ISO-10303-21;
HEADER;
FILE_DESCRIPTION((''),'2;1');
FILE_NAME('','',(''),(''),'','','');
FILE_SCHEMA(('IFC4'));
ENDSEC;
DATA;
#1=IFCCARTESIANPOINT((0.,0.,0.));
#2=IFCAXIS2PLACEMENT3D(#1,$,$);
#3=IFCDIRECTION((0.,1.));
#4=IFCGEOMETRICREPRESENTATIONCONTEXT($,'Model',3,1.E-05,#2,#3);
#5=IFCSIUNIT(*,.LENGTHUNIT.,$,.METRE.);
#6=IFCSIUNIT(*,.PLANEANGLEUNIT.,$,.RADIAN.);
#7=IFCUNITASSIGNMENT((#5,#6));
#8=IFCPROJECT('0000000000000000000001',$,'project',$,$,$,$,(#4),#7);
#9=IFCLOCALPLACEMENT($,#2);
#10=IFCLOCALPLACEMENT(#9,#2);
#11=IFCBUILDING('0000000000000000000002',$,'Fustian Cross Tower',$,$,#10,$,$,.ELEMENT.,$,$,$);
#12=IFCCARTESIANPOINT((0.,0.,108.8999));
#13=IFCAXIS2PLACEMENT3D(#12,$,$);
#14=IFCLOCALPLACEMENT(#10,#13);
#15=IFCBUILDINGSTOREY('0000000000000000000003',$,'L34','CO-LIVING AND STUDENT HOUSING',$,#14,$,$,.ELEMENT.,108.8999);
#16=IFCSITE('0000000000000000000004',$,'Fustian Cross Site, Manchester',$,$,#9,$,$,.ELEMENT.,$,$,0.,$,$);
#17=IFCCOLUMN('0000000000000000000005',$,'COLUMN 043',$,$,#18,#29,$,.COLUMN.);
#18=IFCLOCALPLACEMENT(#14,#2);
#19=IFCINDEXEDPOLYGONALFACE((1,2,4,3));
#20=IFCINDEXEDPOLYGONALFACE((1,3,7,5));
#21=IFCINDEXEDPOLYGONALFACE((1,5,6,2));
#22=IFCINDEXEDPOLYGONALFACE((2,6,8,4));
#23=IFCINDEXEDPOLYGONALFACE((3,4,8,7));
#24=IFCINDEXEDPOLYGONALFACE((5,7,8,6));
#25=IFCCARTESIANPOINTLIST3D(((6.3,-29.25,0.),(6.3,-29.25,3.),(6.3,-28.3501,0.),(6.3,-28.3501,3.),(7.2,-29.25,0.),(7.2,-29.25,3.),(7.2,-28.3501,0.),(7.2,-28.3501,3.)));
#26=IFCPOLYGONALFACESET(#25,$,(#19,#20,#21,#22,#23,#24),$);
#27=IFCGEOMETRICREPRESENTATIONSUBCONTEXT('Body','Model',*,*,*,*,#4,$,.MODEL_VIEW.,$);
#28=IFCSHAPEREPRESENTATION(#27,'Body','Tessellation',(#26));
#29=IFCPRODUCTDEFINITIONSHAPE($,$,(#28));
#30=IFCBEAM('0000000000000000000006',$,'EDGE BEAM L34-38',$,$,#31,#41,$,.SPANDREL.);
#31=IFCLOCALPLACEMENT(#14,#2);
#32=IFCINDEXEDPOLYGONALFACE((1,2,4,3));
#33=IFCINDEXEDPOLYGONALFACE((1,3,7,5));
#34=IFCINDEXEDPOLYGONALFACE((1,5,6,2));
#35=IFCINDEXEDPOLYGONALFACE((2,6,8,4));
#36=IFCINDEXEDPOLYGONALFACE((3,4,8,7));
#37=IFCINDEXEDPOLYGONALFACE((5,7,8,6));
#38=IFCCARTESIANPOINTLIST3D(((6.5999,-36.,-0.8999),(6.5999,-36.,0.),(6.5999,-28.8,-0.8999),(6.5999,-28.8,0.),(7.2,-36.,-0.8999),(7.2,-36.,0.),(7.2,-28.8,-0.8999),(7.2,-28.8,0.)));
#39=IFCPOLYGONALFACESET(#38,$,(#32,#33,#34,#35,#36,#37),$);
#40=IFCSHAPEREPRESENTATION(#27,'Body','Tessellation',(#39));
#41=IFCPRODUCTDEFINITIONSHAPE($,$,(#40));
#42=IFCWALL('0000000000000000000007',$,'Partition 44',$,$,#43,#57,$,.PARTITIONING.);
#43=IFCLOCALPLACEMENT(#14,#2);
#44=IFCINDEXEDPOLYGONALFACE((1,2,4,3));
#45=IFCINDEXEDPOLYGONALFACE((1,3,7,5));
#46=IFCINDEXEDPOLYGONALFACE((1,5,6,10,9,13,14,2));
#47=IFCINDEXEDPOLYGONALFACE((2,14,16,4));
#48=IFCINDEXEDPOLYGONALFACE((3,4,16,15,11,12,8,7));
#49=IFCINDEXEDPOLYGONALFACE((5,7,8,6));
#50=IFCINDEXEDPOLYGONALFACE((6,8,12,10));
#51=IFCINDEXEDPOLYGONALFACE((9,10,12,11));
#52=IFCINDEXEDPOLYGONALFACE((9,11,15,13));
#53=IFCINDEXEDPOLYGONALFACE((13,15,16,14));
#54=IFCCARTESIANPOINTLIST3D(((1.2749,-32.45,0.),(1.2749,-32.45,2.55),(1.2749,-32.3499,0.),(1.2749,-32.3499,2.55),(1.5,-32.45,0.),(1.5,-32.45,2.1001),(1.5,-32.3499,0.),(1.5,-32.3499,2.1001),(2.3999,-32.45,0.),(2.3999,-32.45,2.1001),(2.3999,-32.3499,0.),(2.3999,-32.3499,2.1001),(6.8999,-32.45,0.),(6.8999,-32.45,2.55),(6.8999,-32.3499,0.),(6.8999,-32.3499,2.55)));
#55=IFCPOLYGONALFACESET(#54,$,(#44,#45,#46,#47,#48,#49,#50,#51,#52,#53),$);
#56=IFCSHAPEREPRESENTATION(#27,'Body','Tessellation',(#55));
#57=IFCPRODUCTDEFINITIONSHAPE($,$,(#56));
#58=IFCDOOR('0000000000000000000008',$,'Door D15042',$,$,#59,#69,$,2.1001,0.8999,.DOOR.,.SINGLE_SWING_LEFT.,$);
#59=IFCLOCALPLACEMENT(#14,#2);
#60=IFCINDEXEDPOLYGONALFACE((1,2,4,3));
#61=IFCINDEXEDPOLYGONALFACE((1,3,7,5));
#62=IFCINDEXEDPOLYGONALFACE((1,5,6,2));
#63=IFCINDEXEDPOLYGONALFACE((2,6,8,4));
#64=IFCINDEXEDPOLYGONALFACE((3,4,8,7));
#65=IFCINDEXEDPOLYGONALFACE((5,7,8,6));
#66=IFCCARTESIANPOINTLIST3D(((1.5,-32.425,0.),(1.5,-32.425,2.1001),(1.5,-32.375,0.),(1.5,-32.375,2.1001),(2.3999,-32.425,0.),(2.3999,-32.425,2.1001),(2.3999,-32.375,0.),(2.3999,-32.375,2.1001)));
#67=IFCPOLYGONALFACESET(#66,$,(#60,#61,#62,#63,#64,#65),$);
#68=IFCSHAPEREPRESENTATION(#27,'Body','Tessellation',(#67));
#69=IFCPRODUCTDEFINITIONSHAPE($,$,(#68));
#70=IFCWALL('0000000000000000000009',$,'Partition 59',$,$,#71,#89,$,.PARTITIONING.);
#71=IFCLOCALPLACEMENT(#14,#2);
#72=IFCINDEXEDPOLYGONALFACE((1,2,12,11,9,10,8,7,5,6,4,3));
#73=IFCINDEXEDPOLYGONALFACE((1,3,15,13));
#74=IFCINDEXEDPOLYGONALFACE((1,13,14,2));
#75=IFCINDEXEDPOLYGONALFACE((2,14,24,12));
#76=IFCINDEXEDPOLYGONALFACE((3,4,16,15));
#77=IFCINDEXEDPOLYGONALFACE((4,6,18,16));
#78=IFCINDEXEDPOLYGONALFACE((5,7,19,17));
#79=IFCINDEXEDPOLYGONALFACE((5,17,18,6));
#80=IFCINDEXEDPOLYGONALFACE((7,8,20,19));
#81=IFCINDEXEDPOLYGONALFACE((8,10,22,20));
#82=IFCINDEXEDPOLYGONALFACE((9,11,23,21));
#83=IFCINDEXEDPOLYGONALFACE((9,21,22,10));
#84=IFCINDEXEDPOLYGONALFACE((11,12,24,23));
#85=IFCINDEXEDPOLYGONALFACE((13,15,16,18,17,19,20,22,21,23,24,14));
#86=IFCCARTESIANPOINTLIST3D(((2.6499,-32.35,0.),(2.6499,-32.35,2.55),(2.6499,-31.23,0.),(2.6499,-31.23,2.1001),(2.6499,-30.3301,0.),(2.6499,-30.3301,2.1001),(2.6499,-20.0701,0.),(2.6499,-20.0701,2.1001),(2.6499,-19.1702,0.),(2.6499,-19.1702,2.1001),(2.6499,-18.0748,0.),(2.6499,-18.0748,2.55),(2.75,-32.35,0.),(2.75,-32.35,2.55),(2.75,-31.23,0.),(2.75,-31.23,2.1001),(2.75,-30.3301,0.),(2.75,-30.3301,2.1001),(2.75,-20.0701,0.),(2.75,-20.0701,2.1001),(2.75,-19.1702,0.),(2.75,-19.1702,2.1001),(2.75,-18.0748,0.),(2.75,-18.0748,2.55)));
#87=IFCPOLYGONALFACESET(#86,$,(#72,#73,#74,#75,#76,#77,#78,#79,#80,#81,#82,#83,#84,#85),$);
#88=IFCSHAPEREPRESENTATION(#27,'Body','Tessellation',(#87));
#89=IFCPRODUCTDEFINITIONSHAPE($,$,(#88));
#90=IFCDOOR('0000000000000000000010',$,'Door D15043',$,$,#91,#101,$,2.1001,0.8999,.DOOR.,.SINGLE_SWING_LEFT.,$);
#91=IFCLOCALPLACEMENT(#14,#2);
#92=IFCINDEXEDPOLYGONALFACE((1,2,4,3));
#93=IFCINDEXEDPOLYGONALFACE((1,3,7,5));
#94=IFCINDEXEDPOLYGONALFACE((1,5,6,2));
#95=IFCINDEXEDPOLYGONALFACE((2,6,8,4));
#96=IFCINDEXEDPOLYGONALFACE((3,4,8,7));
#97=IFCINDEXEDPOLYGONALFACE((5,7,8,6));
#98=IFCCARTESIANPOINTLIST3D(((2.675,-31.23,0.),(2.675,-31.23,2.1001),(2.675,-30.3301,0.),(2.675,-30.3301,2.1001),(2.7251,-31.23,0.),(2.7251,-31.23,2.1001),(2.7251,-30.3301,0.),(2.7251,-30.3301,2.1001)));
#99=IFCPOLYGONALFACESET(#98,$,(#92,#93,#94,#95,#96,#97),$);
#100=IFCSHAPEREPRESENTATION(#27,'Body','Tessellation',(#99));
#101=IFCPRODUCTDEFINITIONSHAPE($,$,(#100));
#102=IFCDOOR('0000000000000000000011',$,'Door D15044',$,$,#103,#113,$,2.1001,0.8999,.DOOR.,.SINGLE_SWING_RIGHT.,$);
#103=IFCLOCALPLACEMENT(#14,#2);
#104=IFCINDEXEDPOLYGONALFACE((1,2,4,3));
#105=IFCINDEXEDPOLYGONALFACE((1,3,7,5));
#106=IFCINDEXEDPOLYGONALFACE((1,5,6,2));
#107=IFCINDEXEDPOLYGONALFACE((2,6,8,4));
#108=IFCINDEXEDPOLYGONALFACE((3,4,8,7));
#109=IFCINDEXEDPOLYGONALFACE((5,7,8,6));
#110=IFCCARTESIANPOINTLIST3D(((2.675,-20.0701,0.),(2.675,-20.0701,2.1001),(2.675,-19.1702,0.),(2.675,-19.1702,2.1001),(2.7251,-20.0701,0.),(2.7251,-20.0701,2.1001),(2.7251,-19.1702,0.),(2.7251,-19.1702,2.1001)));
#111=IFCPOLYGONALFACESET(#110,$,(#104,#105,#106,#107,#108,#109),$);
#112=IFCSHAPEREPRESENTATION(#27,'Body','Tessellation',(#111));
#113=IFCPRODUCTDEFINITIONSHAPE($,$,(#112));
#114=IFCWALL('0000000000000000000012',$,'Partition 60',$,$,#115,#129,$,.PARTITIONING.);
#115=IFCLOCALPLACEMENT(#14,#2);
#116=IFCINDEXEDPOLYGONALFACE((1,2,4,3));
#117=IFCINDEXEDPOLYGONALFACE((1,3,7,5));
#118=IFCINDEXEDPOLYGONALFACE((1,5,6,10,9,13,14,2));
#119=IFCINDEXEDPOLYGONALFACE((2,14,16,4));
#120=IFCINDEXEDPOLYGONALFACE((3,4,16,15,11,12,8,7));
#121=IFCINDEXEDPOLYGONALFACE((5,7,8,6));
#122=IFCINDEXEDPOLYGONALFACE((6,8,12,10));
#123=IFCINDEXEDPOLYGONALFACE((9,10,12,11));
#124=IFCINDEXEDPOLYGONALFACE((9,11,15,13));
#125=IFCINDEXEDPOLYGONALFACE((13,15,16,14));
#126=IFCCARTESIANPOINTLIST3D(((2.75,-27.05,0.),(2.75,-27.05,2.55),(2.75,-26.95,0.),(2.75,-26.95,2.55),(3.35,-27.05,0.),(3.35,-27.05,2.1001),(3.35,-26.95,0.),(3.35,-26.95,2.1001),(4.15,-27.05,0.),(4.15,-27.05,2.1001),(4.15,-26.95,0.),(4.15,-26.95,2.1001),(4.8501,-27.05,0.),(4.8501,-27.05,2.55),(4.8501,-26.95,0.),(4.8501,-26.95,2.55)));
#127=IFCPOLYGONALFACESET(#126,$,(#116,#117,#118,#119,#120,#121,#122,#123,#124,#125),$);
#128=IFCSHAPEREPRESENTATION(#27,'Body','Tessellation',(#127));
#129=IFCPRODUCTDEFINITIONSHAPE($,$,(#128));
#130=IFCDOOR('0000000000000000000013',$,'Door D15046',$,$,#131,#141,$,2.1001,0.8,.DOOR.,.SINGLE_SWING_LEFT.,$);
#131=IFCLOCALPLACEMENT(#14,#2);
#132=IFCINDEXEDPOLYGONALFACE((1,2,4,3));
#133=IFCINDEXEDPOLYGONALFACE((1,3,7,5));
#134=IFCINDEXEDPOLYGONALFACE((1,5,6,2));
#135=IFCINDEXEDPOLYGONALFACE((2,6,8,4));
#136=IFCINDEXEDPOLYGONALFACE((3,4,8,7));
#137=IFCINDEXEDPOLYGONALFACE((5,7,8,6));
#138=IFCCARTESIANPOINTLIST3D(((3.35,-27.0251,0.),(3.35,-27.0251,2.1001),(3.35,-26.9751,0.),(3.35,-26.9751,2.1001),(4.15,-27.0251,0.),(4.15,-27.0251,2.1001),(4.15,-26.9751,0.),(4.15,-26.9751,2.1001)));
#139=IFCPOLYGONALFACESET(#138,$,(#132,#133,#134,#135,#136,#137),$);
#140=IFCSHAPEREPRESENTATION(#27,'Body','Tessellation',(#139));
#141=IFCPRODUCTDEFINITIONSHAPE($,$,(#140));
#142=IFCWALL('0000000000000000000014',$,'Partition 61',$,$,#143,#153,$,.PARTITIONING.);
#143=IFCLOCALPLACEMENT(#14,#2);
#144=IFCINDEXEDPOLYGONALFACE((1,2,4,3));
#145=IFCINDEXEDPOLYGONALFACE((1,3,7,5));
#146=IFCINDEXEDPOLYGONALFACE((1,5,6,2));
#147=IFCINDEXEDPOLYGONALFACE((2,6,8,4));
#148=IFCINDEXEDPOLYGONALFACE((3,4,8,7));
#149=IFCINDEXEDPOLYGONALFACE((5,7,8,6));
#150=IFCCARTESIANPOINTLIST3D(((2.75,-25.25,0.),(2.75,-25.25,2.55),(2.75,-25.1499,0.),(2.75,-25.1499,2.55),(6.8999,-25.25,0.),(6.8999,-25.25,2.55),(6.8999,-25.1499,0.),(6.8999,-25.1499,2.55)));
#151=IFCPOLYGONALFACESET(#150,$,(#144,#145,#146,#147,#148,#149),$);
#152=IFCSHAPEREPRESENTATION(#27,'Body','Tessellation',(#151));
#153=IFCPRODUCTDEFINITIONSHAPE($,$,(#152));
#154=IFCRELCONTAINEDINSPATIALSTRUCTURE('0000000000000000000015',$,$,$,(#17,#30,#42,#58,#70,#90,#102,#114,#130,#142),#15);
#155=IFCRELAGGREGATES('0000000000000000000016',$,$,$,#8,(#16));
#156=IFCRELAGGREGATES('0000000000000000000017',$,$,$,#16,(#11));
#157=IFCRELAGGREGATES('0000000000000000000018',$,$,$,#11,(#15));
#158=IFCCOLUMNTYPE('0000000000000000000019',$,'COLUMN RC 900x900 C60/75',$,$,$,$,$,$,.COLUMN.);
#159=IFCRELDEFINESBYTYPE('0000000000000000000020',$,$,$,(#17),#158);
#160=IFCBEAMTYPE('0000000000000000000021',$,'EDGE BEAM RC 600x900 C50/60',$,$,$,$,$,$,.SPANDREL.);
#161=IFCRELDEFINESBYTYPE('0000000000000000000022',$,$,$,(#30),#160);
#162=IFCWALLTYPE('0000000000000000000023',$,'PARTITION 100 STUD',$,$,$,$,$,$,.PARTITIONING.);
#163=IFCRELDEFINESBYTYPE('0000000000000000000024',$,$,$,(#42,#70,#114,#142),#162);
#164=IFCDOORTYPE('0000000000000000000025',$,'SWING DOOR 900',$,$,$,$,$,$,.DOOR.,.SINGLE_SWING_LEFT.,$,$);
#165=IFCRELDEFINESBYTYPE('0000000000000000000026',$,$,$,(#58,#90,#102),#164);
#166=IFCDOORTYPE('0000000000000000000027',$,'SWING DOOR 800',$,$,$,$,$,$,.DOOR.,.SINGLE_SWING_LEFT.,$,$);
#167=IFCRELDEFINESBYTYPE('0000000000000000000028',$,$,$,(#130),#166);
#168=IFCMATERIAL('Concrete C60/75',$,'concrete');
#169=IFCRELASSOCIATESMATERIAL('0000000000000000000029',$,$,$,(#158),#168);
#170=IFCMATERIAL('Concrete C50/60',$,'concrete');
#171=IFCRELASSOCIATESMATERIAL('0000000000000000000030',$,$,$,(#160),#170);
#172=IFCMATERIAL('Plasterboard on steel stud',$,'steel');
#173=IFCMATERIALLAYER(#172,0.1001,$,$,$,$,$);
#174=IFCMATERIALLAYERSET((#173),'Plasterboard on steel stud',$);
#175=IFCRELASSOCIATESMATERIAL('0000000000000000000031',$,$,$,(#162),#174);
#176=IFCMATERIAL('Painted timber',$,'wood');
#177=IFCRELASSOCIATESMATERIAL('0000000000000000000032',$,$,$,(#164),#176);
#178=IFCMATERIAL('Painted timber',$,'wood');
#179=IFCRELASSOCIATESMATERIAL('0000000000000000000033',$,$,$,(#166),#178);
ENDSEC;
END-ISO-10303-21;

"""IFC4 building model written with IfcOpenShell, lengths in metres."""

from ifc_helpers import new_model, si_unit, direction, frame, frame_2d, origin, origin_2d, place, context, subcontext, project, spatial, rectangle, extrude, material, layer, layer_set, material_profile, profile_set, type_object, element, fill, save


model = new_model("IFC4")

# Units and contexts
model_context = context("Model", 3, precision=1e-05, world=origin(), true_north=direction((0.0, 1.0)))
body_context = subcontext(model_context, "Body", "Model", "MODEL_VIEW")
ifc_project = project(units=[si_unit("LENGTHUNIT", "METRE"), si_unit("PLANEANGLEUNIT", "RADIAN")], contexts=[model_context])

# Site, building, storey
site_placement = place(None, origin())
site = spatial("IfcSite", under=ifc_project, at=site_placement, Name="Fustian Cross Site, Manchester", CompositionType="ELEMENT", RefElevation=0.0)
building_placement = place(site_placement, origin())
building = spatial("IfcBuilding", under=site, at=building_placement, Name="Fustian Cross Tower", CompositionType="ELEMENT")
storey_placement = place(building_placement, frame((0.0, 0.0, 108.8999)))
storey = spatial("IfcBuildingStorey", under=building, at=storey_placement, Name="L34", Description="CO-LIVING AND STUDENT HOUSING", CompositionType="ELEMENT", Elevation=108.8999)

# Column
ifc_material_1 = material(Name="Concrete C60/75", Category="concrete")
ifc_material_profile_1 = material_profile(ifc_material_1, rectangle(XDim=0.8999, YDim=0.8999, at=origin_2d()), Name="RC 900x900")
ifc_profile_set_1 = profile_set([ifc_material_profile_1], Name="Concrete C60/75")
column_type = type_object("IfcColumnType", Name="COLUMN RC 900x900 C60/75", PredefinedType="COLUMN", material=ifc_profile_set_1)
column_placement = place(storey_placement, frame((6.75, -28.8, 0.0), z_axis=(0.0, 0.0, 1.0), x_axis=(1.0, 0.0, 0.0)))
element("IfcColumn", 1, at=column_placement, inside=storey, type_object=column_type, Name="COLUMN 043", PredefinedType="COLUMN", context=body_context, shape_type="SweptSolid", body=[
    extrude(rectangle(XDim=0.8999, YDim=0.8999, at=origin_2d()), origin(), (0.0, 0.0, 1.0), 3.0),
])

# Beam
ifc_material_2 = material(Name="Concrete C50/60", Category="concrete")
ifc_material_profile_2 = material_profile(ifc_material_2, rectangle(XDim=0.6001, YDim=0.8999, at=origin_2d()), Name="RC 600x900")
ifc_profile_set_2 = profile_set([ifc_material_profile_2], Name="Concrete C50/60")
beam_type = type_object("IfcBeamType", Name="EDGE BEAM RC 600x900 C50/60", PredefinedType="SPANDREL", material=ifc_profile_set_2)
beam_placement = place(storey_placement, frame((6.8999, -36.0, -0.45), z_axis=(0.0, 1.0, 0.0), x_axis=(-1.0, 0.0, 0.0)))
element("IfcBeam", 2, at=beam_placement, inside=storey, type_object=beam_type, Name="EDGE BEAM L34-38", PredefinedType="SPANDREL", context=body_context, shape_type="SweptSolid", body=[
    extrude(rectangle(XDim=0.6001, YDim=0.8999, at=origin_2d()), origin(), (0.0, 0.0, 1.0), 7.2),
])

# Wall, opening, door
ifc_material_3 = material(Name="Plasterboard on steel stud", Category="steel")
ifc_layer = layer(ifc_material_3, 0.1001)
ifc_layer_set = layer_set([ifc_layer], Name="Plasterboard on steel stud")
wall_type = type_object("IfcWallType", Name="PARTITION 100 STUD", PredefinedType="PARTITIONING", material=ifc_layer_set)
wall_1_placement = place(storey_placement, frame((1.2749, -32.3999, 0.0), z_axis=(0.0, 0.0, 1.0), x_axis=(1.0, 0.0, 0.0)))
wall_1 = element("IfcWall", 3, at=wall_1_placement, inside=storey, type_object=wall_type, Name="Partition 44", PredefinedType="PARTITIONING", context=body_context, shape_type="SweptSolid", body=[
    extrude(rectangle(XDim=5.625, YDim=0.1001, at=frame_2d((2.8125, 0.0))), origin(), (0.0, 0.0, 1.0), 2.55),
])
opening_1_placement = place(wall_1_placement, frame((0.2251, 0.0, 0.0)))
opening_1 = element("IfcOpeningElement", 4, at=opening_1_placement, cuts=wall_1, PredefinedType="OPENING", context=body_context, shape_type="SweptSolid", body=[
    extrude(rectangle(XDim=0.8999, YDim=2.1001, at=frame_2d((0.45, 1.05))), frame((0.0, 0.0601, 0.0), z_axis=(0.0, -1.0, 0.0), x_axis=(1.0, 0.0, 0.0)), (0.0, 0.0, 1.0), 0.1201),
])
ifc_material_4 = material(Name="Painted timber", Category="wood")
door_type_1 = type_object("IfcDoorType", Name="SWING DOOR 900", OperationType="SINGLE_SWING_LEFT", PredefinedType="DOOR", material=ifc_material_4)
door_1_placement = place(opening_1_placement, origin())
door_1 = element("IfcDoor", 5, at=door_1_placement, inside=storey, type_object=door_type_1, Name="Door D15042", OperationType="SINGLE_SWING_LEFT", OverallHeight=2.1001, OverallWidth=0.8999, PredefinedType="DOOR", context=body_context, shape_type="SweptSolid", body=[
    extrude(rectangle(XDim=0.8999, YDim=2.1001, at=frame_2d((0.45, 1.05))), frame((0.0, 0.0249, 0.0), z_axis=(0.0, -1.0, 0.0), x_axis=(1.0, 0.0, 0.0)), (0.0, 0.0, 1.0), 0.05),
])
fill(opening_1, door_1)

# Wall, openings, doors
wall_2_placement = place(storey_placement, frame((2.7, -32.3501, 0.0), z_axis=(0.0, 0.0, 1.0), x_axis=(0.0, 1.0, 0.0)))
wall_2 = element("IfcWall", 6, at=wall_2_placement, inside=storey, type_object=wall_type, Name="Partition 59", PredefinedType="PARTITIONING", context=body_context, shape_type="SweptSolid", body=[
    extrude(rectangle(XDim=14.2751, YDim=0.1001, at=frame_2d((7.1377, 0.0))), origin(), (0.0, 0.0, 1.0), 2.55),
])
opening_2_placement = place(wall_2_placement, frame((1.1201, 0.0, 0.0)))
opening_2 = element("IfcOpeningElement", 7, at=opening_2_placement, cuts=wall_2, PredefinedType="OPENING", context=body_context, shape_type="SweptSolid", body=[
    extrude(rectangle(XDim=0.8999, YDim=2.1001, at=frame_2d((0.45, 1.05))), frame((0.0, 0.0601, 0.0), z_axis=(0.0, -1.0, 0.0), x_axis=(1.0, 0.0, 0.0)), (0.0, 0.0, 1.0), 0.1201),
])
opening_3_placement = place(wall_2_placement, frame((12.28, 0.0, 0.0)))
opening_3 = element("IfcOpeningElement", 8, at=opening_3_placement, cuts=wall_2, PredefinedType="OPENING", context=body_context, shape_type="SweptSolid", body=[
    extrude(rectangle(XDim=0.8999, YDim=2.1001, at=frame_2d((0.45, 1.05))), frame((0.0, 0.0601, 0.0), z_axis=(0.0, -1.0, 0.0), x_axis=(1.0, 0.0, 0.0)), (0.0, 0.0, 1.0), 0.1201),
])
door_2_placement = place(opening_2_placement, origin())
door_2 = element("IfcDoor", 9, at=door_2_placement, inside=storey, type_object=door_type_1, Name="Door D15043", OperationType="SINGLE_SWING_LEFT", OverallHeight=2.1001, OverallWidth=0.8999, PredefinedType="DOOR", context=body_context, shape_type="SweptSolid", body=[
    extrude(rectangle(XDim=0.8999, YDim=2.1001, at=frame_2d((0.45, 1.05))), frame((0.0, 0.0249, 0.0), z_axis=(0.0, -1.0, 0.0), x_axis=(1.0, 0.0, 0.0)), (0.0, 0.0, 1.0), 0.05),
])
fill(opening_2, door_2)
door_3_placement = place(opening_3_placement, origin())
door_3 = element("IfcDoor", 10, at=door_3_placement, inside=storey, type_object=door_type_1, Name="Door D15044", OperationType="SINGLE_SWING_RIGHT", OverallHeight=2.1001, OverallWidth=0.8999, PredefinedType="DOOR", context=body_context, shape_type="SweptSolid", body=[
    extrude(rectangle(XDim=0.8999, YDim=2.1001, at=frame_2d((0.45, 1.05))), frame((0.0, 0.0249, 0.0), z_axis=(0.0, -1.0, 0.0), x_axis=(1.0, 0.0, 0.0)), (0.0, 0.0, 1.0), 0.05),
])
fill(opening_3, door_3)

# Wall, opening, door
wall_3_placement = place(storey_placement, frame((2.75, -27.0, 0.0), z_axis=(0.0, 0.0, 1.0), x_axis=(1.0, 0.0, 0.0)))
wall_3 = element("IfcWall", 11, at=wall_3_placement, inside=storey, type_object=wall_type, Name="Partition 60", PredefinedType="PARTITIONING", context=body_context, shape_type="SweptSolid", body=[
    extrude(rectangle(XDim=2.1001, YDim=0.1001, at=frame_2d((1.05, 0.0))), origin(), (0.0, 0.0, 1.0), 2.55),
])
opening_4_placement = place(wall_3_placement, frame((0.6001, 0.0, 0.0)))
opening_4 = element("IfcOpeningElement", 12, at=opening_4_placement, cuts=wall_3, PredefinedType="OPENING", context=body_context, shape_type="SweptSolid", body=[
    extrude(rectangle(XDim=0.8, YDim=2.1001, at=frame_2d((0.3999, 1.05))), frame((0.0, 0.0601, 0.0), z_axis=(0.0, -1.0, 0.0), x_axis=(1.0, 0.0, 0.0)), (0.0, 0.0, 1.0), 0.1201),
])
ifc_material_5 = material(Name="Painted timber", Category="wood")
door_type_2 = type_object("IfcDoorType", Name="SWING DOOR 800", OperationType="SINGLE_SWING_LEFT", PredefinedType="DOOR", material=ifc_material_5)
door_4_placement = place(opening_4_placement, origin())
door_4 = element("IfcDoor", 13, at=door_4_placement, inside=storey, type_object=door_type_2, Name="Door D15046", OperationType="SINGLE_SWING_LEFT", OverallHeight=2.1001, OverallWidth=0.8, PredefinedType="DOOR", context=body_context, shape_type="SweptSolid", body=[
    extrude(rectangle(XDim=0.8, YDim=2.1001, at=frame_2d((0.3999, 1.05))), frame((0.0, 0.0249, 0.0), z_axis=(0.0, -1.0, 0.0), x_axis=(1.0, 0.0, 0.0)), (0.0, 0.0, 1.0), 0.05),
])
fill(opening_4, door_4)

# Wall
wall_4_placement = place(storey_placement, frame((2.75, -25.2, 0.0), z_axis=(0.0, 0.0, 1.0), x_axis=(1.0, 0.0, 0.0)))
element("IfcWall", 14, at=wall_4_placement, inside=storey, type_object=wall_type, Name="Partition 61", PredefinedType="PARTITIONING", context=body_context, shape_type="SweptSolid", body=[
    extrude(rectangle(XDim=4.1499, YDim=0.1001, at=frame_2d((2.075, 0.0))), origin(), (0.0, 0.0, 1.0), 2.55),
])

save(model, "model.ifc")
